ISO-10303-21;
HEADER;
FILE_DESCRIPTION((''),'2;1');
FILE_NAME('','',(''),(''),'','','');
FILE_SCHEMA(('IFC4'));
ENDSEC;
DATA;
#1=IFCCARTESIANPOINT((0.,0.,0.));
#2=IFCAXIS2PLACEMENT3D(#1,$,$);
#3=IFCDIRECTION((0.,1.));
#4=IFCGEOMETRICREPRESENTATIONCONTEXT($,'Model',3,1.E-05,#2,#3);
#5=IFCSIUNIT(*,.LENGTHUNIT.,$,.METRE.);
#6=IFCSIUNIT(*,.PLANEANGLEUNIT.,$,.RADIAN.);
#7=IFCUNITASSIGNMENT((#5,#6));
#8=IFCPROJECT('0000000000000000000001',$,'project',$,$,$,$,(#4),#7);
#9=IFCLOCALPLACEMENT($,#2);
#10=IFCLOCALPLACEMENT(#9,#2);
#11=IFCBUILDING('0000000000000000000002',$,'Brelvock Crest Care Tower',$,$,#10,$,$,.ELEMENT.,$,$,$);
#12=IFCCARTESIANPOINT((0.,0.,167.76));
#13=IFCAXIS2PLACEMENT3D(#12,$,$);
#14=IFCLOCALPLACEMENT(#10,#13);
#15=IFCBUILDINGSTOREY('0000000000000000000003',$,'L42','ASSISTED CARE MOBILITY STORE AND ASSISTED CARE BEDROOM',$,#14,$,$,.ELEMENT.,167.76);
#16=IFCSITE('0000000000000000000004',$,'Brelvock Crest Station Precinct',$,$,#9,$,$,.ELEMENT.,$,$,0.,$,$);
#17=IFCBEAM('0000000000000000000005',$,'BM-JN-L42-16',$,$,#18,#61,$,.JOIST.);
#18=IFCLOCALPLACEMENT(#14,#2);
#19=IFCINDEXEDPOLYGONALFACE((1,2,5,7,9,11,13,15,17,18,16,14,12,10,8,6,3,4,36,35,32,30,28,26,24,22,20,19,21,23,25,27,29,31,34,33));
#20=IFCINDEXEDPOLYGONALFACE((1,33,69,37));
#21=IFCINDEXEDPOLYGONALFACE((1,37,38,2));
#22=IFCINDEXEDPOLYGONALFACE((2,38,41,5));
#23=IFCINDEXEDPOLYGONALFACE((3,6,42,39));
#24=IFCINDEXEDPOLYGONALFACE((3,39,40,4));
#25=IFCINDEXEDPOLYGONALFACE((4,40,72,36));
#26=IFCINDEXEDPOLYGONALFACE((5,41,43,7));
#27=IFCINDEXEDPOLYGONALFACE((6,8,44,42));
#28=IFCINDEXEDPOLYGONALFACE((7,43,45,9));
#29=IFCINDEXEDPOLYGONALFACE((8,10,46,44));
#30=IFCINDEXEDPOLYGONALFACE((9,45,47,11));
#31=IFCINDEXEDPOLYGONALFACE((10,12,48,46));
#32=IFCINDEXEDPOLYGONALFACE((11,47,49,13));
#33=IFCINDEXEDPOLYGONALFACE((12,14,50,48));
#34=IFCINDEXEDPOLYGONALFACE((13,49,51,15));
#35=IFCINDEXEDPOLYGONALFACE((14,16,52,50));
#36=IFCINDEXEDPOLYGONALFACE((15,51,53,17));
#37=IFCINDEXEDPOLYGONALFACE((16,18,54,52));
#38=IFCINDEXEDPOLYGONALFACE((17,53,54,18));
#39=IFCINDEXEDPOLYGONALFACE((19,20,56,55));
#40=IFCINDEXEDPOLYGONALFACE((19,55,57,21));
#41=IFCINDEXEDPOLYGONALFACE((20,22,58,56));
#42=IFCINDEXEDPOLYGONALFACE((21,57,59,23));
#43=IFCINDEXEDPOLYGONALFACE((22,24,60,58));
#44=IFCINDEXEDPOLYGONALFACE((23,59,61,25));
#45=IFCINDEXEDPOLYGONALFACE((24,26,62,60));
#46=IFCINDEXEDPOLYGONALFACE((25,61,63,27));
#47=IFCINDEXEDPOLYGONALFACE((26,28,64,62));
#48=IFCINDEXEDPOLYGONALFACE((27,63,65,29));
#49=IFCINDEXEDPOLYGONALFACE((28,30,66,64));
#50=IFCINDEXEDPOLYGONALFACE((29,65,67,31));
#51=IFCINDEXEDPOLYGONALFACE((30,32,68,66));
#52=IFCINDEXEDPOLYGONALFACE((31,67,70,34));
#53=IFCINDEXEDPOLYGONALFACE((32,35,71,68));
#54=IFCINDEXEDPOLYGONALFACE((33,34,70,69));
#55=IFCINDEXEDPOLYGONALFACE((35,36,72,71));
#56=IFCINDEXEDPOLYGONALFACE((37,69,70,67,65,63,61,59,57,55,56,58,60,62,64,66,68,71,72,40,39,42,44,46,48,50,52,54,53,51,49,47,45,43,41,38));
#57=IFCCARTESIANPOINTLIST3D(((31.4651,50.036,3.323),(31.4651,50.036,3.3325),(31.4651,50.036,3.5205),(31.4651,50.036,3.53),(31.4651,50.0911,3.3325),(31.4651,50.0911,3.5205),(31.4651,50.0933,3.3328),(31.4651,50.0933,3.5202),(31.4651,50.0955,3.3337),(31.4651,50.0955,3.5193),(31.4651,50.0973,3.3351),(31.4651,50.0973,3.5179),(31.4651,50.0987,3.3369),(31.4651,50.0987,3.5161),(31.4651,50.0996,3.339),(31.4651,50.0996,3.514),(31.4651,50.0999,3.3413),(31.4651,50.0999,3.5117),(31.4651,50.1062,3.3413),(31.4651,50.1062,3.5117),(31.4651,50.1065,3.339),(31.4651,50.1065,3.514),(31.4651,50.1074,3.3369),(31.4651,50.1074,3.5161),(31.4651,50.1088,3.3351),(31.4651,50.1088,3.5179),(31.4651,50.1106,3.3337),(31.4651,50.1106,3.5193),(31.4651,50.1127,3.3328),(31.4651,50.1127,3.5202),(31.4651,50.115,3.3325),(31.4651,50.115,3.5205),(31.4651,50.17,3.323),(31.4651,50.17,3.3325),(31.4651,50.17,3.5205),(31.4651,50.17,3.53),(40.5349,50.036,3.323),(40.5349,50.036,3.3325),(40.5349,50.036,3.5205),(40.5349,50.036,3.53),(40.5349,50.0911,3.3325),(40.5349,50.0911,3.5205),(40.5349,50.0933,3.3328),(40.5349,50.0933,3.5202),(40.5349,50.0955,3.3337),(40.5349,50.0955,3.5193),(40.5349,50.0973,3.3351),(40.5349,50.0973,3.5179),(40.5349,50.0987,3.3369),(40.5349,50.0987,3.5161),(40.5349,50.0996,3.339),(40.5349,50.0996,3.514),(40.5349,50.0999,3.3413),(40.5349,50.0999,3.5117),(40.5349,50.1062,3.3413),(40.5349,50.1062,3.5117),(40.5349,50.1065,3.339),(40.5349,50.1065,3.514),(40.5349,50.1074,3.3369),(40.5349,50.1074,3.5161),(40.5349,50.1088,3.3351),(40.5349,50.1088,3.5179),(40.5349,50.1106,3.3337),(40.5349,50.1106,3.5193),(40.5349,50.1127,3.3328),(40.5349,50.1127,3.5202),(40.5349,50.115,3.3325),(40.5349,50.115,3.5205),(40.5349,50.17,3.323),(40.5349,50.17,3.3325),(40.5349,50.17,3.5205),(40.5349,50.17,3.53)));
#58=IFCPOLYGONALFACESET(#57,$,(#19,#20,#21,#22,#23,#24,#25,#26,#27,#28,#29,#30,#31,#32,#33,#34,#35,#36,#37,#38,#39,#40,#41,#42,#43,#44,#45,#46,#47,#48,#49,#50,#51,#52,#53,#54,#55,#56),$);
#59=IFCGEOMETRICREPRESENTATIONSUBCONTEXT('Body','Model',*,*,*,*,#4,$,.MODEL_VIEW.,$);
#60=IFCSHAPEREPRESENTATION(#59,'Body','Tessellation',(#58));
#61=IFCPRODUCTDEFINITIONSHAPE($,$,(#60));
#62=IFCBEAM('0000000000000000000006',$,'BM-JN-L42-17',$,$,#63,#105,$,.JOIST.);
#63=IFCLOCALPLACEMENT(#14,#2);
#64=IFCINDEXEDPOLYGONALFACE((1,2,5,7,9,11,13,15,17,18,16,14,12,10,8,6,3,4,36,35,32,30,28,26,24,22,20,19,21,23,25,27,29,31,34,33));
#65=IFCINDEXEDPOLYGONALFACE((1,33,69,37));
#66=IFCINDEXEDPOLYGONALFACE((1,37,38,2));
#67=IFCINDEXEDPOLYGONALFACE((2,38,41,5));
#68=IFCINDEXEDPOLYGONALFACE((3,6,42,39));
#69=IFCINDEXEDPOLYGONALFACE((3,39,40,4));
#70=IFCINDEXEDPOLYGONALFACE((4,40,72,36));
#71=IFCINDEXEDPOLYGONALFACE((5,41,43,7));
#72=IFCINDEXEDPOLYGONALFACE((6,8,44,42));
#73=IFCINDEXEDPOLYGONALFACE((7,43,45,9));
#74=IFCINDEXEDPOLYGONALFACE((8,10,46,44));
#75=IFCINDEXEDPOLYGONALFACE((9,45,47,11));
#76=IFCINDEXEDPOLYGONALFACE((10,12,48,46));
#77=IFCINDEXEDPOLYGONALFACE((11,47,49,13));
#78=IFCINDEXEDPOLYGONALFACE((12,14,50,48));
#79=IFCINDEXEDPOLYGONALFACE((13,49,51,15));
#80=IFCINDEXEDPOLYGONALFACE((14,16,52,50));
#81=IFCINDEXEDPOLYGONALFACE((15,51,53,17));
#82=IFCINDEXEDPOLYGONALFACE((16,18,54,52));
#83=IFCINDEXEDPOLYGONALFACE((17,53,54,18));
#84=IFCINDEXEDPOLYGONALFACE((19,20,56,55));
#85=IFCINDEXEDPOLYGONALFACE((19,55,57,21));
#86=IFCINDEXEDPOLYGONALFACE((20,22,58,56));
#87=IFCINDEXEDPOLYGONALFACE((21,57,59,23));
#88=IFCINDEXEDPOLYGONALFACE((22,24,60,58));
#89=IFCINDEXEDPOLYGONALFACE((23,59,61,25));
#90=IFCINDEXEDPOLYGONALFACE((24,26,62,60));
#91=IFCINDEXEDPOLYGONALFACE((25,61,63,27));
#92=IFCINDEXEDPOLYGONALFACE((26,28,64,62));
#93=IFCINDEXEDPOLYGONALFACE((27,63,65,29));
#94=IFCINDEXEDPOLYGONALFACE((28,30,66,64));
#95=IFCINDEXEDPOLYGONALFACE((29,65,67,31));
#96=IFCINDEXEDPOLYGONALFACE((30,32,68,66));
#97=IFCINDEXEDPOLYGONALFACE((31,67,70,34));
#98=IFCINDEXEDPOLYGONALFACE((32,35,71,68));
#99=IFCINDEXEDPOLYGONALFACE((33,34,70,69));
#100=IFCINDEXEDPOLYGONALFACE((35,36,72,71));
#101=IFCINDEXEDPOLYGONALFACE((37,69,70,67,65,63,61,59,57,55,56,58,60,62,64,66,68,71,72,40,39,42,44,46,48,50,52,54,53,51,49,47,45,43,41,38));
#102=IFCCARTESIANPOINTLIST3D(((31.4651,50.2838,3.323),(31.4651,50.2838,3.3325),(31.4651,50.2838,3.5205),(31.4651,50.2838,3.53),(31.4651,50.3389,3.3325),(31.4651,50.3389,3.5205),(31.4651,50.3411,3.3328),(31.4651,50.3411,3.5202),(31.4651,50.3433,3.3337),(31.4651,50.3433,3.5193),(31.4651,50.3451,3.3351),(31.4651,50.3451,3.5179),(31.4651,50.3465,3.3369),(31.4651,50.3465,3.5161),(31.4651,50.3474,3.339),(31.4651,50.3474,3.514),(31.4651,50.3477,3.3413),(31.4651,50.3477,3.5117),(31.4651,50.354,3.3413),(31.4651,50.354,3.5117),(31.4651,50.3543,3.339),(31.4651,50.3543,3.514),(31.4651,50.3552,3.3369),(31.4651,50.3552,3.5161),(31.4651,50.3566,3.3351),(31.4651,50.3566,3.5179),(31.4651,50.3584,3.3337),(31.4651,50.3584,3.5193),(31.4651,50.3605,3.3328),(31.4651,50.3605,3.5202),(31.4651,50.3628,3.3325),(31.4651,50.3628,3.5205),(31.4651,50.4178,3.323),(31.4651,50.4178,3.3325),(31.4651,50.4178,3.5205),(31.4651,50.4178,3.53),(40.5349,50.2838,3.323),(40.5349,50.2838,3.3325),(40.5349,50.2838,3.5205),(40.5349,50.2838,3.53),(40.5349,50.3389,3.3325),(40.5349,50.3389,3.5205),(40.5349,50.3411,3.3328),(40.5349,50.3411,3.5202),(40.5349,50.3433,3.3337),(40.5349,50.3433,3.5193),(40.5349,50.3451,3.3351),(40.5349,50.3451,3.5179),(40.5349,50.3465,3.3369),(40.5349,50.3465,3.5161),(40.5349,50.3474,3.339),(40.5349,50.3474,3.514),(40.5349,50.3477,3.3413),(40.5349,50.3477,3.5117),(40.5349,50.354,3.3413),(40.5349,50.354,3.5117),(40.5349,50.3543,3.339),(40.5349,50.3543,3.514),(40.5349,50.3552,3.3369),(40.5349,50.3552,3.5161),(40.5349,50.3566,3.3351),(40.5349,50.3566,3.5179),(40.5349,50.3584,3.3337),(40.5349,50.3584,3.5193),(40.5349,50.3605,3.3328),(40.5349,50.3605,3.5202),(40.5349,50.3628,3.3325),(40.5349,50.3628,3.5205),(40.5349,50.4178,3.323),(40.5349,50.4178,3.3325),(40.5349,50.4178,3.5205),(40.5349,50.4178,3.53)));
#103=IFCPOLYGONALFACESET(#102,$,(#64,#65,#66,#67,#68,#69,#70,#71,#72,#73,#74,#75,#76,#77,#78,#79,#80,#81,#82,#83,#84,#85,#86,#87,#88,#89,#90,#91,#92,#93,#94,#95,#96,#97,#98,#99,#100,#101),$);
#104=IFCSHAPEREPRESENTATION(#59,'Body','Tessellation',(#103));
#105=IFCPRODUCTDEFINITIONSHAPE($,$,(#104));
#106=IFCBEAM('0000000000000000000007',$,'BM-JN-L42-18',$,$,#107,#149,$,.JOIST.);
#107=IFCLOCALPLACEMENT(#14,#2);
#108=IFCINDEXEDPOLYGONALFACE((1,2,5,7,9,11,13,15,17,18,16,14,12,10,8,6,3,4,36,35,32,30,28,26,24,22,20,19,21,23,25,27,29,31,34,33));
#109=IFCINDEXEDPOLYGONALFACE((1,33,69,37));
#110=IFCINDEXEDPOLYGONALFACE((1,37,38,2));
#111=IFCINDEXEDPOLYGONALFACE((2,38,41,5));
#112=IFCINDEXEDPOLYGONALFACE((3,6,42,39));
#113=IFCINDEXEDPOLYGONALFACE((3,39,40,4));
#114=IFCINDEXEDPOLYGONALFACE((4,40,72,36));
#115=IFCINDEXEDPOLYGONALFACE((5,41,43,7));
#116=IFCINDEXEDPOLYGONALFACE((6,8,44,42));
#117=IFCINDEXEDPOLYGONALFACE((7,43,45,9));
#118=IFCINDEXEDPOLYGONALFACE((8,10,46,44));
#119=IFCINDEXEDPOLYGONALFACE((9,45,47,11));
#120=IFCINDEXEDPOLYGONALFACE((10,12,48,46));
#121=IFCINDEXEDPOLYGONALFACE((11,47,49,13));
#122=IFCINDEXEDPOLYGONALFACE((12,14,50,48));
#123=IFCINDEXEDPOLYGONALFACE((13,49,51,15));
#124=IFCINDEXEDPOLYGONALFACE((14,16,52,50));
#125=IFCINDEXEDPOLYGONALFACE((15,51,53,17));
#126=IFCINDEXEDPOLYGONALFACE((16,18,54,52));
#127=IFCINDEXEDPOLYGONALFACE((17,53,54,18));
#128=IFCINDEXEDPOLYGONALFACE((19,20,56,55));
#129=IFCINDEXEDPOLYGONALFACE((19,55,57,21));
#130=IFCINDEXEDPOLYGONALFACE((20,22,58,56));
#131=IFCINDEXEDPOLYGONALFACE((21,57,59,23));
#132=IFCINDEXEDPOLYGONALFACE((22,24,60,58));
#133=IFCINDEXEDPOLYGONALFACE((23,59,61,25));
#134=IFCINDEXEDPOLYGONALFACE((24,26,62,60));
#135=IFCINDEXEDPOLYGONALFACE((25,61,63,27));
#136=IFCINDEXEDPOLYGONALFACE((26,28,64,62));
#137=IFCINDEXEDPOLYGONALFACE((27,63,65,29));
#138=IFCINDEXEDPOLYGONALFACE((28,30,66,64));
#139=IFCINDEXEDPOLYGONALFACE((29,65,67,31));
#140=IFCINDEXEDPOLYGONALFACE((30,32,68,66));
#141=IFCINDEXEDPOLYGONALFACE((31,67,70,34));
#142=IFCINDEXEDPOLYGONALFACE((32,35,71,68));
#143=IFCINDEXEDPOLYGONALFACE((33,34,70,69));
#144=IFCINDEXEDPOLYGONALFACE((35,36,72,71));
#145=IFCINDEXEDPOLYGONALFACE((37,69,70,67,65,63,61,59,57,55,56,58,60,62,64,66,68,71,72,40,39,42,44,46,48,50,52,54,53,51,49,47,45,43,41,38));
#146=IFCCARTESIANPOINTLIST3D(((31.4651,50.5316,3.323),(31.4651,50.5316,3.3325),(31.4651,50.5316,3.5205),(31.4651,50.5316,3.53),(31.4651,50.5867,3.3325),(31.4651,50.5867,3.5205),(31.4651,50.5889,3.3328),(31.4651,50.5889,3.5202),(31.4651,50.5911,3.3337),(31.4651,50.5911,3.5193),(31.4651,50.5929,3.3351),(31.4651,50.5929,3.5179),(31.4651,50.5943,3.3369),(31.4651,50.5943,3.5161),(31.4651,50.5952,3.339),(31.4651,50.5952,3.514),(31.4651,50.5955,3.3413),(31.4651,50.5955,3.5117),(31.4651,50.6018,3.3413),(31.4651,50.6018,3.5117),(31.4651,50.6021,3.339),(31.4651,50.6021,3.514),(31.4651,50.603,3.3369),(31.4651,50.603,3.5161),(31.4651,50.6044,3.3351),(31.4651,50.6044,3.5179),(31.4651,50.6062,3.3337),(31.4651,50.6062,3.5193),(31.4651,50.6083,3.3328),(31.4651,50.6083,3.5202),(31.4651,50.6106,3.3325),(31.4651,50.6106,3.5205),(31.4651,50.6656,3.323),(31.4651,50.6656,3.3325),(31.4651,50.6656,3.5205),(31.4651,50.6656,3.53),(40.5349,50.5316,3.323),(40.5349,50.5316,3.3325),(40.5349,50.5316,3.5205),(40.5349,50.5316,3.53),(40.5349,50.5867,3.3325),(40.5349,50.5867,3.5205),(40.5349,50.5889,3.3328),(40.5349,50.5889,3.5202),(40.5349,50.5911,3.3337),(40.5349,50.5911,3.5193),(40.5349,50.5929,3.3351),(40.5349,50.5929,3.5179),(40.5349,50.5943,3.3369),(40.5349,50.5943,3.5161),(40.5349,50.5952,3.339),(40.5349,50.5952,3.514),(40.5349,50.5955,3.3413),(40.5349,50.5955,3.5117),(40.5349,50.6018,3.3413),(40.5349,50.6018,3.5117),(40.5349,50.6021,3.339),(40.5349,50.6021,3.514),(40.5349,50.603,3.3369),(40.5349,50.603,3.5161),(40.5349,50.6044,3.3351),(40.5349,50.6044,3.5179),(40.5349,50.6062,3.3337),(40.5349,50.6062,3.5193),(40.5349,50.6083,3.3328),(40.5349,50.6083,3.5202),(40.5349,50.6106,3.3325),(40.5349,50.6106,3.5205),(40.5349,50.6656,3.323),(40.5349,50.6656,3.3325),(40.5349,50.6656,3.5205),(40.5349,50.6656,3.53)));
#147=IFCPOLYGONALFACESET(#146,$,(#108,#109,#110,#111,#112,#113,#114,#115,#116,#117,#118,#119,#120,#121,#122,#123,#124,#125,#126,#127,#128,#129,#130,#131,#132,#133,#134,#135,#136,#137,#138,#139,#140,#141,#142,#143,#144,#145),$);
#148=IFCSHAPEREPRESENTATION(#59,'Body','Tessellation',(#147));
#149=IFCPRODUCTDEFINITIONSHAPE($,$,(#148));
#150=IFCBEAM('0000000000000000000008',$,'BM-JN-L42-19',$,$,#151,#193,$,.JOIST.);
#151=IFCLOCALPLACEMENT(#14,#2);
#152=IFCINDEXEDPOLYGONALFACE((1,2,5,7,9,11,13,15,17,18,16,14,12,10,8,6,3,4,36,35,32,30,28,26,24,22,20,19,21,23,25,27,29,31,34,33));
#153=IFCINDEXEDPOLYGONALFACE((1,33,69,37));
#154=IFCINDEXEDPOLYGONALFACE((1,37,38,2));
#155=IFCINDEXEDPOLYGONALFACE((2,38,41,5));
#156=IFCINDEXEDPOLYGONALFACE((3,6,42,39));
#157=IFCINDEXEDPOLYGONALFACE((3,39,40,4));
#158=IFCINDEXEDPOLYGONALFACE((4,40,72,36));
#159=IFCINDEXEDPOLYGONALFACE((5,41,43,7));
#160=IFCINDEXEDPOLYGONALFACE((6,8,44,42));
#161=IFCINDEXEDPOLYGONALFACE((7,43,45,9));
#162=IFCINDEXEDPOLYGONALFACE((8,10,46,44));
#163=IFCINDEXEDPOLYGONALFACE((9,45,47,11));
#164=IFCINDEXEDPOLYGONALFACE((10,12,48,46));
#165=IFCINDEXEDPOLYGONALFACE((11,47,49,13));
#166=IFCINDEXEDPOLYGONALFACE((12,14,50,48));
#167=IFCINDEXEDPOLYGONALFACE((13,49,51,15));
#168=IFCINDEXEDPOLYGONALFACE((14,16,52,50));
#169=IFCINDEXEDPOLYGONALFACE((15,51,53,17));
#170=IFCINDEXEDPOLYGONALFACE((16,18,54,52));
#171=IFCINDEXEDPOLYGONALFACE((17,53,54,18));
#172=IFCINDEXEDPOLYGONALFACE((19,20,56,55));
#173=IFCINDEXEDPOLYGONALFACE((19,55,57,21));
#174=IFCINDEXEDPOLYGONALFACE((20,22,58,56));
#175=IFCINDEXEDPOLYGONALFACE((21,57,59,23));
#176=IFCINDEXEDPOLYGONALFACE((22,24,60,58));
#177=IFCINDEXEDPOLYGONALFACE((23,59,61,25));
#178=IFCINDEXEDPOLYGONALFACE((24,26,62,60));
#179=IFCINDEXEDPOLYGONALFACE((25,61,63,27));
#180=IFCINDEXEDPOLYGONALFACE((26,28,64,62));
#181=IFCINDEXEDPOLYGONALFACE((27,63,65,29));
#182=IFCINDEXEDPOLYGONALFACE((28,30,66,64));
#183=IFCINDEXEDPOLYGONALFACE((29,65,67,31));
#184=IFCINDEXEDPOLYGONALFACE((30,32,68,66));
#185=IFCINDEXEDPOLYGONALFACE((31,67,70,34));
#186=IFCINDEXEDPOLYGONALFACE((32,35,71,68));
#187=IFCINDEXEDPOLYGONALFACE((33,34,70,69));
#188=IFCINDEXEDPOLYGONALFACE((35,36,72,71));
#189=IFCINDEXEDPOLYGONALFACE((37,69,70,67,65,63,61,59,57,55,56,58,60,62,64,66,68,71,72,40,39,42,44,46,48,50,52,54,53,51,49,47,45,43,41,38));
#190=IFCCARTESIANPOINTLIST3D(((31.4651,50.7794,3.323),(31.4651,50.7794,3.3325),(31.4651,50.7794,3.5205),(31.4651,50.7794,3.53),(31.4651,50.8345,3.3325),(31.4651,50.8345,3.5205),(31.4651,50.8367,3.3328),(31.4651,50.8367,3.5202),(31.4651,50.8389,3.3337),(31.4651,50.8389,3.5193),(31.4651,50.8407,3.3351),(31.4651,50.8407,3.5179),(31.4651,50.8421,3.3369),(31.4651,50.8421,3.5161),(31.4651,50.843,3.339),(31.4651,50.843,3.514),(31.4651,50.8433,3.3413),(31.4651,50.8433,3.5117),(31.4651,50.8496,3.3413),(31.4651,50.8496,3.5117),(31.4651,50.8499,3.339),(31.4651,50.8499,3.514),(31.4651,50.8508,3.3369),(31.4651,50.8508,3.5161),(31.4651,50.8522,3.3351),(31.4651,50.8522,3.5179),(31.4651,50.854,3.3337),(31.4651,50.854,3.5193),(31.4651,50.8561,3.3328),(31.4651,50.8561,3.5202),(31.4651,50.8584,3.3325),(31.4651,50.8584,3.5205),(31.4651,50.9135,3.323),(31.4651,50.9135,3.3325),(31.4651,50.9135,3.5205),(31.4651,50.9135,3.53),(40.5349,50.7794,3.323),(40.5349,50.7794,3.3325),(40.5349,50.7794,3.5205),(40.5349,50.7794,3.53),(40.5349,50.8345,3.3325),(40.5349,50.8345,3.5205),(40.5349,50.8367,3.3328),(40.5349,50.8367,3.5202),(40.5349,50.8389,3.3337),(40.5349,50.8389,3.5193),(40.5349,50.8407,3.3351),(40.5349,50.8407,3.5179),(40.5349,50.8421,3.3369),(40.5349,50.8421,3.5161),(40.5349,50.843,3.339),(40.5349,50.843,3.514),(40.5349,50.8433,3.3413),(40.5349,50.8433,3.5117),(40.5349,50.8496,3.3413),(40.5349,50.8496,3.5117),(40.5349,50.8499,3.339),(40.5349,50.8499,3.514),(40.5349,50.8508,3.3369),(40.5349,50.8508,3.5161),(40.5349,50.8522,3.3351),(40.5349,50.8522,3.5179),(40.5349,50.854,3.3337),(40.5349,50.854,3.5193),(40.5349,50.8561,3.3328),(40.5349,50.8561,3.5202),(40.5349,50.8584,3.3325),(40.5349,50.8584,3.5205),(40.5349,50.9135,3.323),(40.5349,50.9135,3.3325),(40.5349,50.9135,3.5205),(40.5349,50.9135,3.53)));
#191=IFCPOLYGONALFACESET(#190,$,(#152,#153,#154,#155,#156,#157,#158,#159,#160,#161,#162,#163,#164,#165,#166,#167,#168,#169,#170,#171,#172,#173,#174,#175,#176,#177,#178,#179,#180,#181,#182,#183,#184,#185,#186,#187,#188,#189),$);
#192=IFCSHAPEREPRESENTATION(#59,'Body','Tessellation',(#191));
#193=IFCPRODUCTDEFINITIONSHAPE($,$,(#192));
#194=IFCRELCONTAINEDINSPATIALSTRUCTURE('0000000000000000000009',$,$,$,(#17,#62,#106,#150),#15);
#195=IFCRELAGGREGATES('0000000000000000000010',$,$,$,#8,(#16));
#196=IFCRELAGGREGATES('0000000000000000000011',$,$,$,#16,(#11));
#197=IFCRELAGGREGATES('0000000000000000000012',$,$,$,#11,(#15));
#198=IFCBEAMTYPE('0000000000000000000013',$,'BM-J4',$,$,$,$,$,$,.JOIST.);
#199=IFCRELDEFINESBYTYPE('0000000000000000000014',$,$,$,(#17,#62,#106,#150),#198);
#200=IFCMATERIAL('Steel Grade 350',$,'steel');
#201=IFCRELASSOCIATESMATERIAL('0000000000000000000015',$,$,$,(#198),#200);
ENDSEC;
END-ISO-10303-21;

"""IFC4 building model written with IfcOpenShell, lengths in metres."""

from ifc_helpers import new_model, si_unit, direction, frame, origin, origin_2d, place, context, subcontext, project, spatial, i_section, extrude, source, transform, mapped, material, material_profile, profile_set, type_object, element, save


model = new_model("IFC4")

# Units and contexts
model_context = context("Model", 3, precision=1e-05, world=origin(), true_north=direction((0.0, 1.0)))
body_context = subcontext(model_context, "Body", "Model", "MODEL_VIEW")
ifc_project = project(units=[si_unit("LENGTHUNIT", "METRE"), si_unit("PLANEANGLEUNIT", "RADIAN")], contexts=[model_context])

# Site, building, storey
site_placement = place(None, origin())
site = spatial("IfcSite", under=ifc_project, at=site_placement, Name="Brelvock Crest Station Precinct", CompositionType="ELEMENT", RefElevation=0.0)
building_placement = place(site_placement, origin())
building = spatial("IfcBuilding", under=site, at=building_placement, Name="Brelvock Crest Care Tower", CompositionType="ELEMENT")
storey_placement = place(building_placement, frame((0.0, 0.0, 167.76)))
storey = spatial("IfcBuildingStorey", under=building, at=storey_placement, Name="L42", Description="ASSISTED CARE MOBILITY STORE AND ASSISTED CARE BEDROOM", CompositionType="ELEMENT", Elevation=167.76)

# Shared definitions
ifc_material_1 = material(Name="Steel Grade 350", Category="steel")

# Beams
ifc_material_profile_1 = material_profile(ifc_material_1, i_section(OverallWidth=0.134, OverallDepth=0.207, WebThickness=0.0063, FlangeThickness=0.0095, FilletRadius=0.0088, at=origin_2d()), Name="200UB29.8")
ifc_profile_set_1 = profile_set([ifc_material_profile_1], Name="Steel Grade 350")
beam_type_1 = type_object("IfcBeamType", Name="BM-J4", PredefinedType="JOIST", material=ifc_profile_set_1)
shared_shape_1 = source(origin(), body_context, "Body", "SweptSolid", [
    extrude(i_section(OverallWidth=0.134, OverallDepth=0.207, WebThickness=0.0063, FlangeThickness=0.0095, FilletRadius=0.0088, at=origin_2d()), origin(), (0.0, 0.0, 1.0), 9.0698),
])
for number, where, z_axis, x_axis, name in (
    (1, (31.4651, 50.103, 3.4265), (1.0, 0.0, 0.0), (0.0, 1.0, 0.0), "BM-JN-L42-16"),
    (2, (31.4651, 50.3508, 3.4265), (1.0, 0.0, 0.0), (0.0, 1.0, 0.0), "BM-JN-L42-17"),
    (3, (31.4651, 50.5986, 3.4265), (1.0, 0.0, 0.0), (0.0, 1.0, 0.0), "BM-JN-L42-18"),
    (4, (31.4651, 50.8464, 3.4265), (1.0, 0.0, 0.0), (0.0, 1.0, 0.0), "BM-JN-L42-19"),
):
    element("IfcBeam", number, at=place(storey_placement, frame(where, z_axis=z_axis, x_axis=x_axis)), inside=storey, type_object=beam_type_1, Name=name, PredefinedType="JOIST", context=body_context, shape_type="MappedRepresentation", body=[
        mapped(shared_shape_1, transform((0.0, 0.0, 0.0), x_axis=(1.0, 0.0, 0.0), y_axis=(0.0, 1.0, 0.0), z_axis=(0.0, 0.0, 1.0), scale=1.0)),
    ])

save(model, "model.ifc")
